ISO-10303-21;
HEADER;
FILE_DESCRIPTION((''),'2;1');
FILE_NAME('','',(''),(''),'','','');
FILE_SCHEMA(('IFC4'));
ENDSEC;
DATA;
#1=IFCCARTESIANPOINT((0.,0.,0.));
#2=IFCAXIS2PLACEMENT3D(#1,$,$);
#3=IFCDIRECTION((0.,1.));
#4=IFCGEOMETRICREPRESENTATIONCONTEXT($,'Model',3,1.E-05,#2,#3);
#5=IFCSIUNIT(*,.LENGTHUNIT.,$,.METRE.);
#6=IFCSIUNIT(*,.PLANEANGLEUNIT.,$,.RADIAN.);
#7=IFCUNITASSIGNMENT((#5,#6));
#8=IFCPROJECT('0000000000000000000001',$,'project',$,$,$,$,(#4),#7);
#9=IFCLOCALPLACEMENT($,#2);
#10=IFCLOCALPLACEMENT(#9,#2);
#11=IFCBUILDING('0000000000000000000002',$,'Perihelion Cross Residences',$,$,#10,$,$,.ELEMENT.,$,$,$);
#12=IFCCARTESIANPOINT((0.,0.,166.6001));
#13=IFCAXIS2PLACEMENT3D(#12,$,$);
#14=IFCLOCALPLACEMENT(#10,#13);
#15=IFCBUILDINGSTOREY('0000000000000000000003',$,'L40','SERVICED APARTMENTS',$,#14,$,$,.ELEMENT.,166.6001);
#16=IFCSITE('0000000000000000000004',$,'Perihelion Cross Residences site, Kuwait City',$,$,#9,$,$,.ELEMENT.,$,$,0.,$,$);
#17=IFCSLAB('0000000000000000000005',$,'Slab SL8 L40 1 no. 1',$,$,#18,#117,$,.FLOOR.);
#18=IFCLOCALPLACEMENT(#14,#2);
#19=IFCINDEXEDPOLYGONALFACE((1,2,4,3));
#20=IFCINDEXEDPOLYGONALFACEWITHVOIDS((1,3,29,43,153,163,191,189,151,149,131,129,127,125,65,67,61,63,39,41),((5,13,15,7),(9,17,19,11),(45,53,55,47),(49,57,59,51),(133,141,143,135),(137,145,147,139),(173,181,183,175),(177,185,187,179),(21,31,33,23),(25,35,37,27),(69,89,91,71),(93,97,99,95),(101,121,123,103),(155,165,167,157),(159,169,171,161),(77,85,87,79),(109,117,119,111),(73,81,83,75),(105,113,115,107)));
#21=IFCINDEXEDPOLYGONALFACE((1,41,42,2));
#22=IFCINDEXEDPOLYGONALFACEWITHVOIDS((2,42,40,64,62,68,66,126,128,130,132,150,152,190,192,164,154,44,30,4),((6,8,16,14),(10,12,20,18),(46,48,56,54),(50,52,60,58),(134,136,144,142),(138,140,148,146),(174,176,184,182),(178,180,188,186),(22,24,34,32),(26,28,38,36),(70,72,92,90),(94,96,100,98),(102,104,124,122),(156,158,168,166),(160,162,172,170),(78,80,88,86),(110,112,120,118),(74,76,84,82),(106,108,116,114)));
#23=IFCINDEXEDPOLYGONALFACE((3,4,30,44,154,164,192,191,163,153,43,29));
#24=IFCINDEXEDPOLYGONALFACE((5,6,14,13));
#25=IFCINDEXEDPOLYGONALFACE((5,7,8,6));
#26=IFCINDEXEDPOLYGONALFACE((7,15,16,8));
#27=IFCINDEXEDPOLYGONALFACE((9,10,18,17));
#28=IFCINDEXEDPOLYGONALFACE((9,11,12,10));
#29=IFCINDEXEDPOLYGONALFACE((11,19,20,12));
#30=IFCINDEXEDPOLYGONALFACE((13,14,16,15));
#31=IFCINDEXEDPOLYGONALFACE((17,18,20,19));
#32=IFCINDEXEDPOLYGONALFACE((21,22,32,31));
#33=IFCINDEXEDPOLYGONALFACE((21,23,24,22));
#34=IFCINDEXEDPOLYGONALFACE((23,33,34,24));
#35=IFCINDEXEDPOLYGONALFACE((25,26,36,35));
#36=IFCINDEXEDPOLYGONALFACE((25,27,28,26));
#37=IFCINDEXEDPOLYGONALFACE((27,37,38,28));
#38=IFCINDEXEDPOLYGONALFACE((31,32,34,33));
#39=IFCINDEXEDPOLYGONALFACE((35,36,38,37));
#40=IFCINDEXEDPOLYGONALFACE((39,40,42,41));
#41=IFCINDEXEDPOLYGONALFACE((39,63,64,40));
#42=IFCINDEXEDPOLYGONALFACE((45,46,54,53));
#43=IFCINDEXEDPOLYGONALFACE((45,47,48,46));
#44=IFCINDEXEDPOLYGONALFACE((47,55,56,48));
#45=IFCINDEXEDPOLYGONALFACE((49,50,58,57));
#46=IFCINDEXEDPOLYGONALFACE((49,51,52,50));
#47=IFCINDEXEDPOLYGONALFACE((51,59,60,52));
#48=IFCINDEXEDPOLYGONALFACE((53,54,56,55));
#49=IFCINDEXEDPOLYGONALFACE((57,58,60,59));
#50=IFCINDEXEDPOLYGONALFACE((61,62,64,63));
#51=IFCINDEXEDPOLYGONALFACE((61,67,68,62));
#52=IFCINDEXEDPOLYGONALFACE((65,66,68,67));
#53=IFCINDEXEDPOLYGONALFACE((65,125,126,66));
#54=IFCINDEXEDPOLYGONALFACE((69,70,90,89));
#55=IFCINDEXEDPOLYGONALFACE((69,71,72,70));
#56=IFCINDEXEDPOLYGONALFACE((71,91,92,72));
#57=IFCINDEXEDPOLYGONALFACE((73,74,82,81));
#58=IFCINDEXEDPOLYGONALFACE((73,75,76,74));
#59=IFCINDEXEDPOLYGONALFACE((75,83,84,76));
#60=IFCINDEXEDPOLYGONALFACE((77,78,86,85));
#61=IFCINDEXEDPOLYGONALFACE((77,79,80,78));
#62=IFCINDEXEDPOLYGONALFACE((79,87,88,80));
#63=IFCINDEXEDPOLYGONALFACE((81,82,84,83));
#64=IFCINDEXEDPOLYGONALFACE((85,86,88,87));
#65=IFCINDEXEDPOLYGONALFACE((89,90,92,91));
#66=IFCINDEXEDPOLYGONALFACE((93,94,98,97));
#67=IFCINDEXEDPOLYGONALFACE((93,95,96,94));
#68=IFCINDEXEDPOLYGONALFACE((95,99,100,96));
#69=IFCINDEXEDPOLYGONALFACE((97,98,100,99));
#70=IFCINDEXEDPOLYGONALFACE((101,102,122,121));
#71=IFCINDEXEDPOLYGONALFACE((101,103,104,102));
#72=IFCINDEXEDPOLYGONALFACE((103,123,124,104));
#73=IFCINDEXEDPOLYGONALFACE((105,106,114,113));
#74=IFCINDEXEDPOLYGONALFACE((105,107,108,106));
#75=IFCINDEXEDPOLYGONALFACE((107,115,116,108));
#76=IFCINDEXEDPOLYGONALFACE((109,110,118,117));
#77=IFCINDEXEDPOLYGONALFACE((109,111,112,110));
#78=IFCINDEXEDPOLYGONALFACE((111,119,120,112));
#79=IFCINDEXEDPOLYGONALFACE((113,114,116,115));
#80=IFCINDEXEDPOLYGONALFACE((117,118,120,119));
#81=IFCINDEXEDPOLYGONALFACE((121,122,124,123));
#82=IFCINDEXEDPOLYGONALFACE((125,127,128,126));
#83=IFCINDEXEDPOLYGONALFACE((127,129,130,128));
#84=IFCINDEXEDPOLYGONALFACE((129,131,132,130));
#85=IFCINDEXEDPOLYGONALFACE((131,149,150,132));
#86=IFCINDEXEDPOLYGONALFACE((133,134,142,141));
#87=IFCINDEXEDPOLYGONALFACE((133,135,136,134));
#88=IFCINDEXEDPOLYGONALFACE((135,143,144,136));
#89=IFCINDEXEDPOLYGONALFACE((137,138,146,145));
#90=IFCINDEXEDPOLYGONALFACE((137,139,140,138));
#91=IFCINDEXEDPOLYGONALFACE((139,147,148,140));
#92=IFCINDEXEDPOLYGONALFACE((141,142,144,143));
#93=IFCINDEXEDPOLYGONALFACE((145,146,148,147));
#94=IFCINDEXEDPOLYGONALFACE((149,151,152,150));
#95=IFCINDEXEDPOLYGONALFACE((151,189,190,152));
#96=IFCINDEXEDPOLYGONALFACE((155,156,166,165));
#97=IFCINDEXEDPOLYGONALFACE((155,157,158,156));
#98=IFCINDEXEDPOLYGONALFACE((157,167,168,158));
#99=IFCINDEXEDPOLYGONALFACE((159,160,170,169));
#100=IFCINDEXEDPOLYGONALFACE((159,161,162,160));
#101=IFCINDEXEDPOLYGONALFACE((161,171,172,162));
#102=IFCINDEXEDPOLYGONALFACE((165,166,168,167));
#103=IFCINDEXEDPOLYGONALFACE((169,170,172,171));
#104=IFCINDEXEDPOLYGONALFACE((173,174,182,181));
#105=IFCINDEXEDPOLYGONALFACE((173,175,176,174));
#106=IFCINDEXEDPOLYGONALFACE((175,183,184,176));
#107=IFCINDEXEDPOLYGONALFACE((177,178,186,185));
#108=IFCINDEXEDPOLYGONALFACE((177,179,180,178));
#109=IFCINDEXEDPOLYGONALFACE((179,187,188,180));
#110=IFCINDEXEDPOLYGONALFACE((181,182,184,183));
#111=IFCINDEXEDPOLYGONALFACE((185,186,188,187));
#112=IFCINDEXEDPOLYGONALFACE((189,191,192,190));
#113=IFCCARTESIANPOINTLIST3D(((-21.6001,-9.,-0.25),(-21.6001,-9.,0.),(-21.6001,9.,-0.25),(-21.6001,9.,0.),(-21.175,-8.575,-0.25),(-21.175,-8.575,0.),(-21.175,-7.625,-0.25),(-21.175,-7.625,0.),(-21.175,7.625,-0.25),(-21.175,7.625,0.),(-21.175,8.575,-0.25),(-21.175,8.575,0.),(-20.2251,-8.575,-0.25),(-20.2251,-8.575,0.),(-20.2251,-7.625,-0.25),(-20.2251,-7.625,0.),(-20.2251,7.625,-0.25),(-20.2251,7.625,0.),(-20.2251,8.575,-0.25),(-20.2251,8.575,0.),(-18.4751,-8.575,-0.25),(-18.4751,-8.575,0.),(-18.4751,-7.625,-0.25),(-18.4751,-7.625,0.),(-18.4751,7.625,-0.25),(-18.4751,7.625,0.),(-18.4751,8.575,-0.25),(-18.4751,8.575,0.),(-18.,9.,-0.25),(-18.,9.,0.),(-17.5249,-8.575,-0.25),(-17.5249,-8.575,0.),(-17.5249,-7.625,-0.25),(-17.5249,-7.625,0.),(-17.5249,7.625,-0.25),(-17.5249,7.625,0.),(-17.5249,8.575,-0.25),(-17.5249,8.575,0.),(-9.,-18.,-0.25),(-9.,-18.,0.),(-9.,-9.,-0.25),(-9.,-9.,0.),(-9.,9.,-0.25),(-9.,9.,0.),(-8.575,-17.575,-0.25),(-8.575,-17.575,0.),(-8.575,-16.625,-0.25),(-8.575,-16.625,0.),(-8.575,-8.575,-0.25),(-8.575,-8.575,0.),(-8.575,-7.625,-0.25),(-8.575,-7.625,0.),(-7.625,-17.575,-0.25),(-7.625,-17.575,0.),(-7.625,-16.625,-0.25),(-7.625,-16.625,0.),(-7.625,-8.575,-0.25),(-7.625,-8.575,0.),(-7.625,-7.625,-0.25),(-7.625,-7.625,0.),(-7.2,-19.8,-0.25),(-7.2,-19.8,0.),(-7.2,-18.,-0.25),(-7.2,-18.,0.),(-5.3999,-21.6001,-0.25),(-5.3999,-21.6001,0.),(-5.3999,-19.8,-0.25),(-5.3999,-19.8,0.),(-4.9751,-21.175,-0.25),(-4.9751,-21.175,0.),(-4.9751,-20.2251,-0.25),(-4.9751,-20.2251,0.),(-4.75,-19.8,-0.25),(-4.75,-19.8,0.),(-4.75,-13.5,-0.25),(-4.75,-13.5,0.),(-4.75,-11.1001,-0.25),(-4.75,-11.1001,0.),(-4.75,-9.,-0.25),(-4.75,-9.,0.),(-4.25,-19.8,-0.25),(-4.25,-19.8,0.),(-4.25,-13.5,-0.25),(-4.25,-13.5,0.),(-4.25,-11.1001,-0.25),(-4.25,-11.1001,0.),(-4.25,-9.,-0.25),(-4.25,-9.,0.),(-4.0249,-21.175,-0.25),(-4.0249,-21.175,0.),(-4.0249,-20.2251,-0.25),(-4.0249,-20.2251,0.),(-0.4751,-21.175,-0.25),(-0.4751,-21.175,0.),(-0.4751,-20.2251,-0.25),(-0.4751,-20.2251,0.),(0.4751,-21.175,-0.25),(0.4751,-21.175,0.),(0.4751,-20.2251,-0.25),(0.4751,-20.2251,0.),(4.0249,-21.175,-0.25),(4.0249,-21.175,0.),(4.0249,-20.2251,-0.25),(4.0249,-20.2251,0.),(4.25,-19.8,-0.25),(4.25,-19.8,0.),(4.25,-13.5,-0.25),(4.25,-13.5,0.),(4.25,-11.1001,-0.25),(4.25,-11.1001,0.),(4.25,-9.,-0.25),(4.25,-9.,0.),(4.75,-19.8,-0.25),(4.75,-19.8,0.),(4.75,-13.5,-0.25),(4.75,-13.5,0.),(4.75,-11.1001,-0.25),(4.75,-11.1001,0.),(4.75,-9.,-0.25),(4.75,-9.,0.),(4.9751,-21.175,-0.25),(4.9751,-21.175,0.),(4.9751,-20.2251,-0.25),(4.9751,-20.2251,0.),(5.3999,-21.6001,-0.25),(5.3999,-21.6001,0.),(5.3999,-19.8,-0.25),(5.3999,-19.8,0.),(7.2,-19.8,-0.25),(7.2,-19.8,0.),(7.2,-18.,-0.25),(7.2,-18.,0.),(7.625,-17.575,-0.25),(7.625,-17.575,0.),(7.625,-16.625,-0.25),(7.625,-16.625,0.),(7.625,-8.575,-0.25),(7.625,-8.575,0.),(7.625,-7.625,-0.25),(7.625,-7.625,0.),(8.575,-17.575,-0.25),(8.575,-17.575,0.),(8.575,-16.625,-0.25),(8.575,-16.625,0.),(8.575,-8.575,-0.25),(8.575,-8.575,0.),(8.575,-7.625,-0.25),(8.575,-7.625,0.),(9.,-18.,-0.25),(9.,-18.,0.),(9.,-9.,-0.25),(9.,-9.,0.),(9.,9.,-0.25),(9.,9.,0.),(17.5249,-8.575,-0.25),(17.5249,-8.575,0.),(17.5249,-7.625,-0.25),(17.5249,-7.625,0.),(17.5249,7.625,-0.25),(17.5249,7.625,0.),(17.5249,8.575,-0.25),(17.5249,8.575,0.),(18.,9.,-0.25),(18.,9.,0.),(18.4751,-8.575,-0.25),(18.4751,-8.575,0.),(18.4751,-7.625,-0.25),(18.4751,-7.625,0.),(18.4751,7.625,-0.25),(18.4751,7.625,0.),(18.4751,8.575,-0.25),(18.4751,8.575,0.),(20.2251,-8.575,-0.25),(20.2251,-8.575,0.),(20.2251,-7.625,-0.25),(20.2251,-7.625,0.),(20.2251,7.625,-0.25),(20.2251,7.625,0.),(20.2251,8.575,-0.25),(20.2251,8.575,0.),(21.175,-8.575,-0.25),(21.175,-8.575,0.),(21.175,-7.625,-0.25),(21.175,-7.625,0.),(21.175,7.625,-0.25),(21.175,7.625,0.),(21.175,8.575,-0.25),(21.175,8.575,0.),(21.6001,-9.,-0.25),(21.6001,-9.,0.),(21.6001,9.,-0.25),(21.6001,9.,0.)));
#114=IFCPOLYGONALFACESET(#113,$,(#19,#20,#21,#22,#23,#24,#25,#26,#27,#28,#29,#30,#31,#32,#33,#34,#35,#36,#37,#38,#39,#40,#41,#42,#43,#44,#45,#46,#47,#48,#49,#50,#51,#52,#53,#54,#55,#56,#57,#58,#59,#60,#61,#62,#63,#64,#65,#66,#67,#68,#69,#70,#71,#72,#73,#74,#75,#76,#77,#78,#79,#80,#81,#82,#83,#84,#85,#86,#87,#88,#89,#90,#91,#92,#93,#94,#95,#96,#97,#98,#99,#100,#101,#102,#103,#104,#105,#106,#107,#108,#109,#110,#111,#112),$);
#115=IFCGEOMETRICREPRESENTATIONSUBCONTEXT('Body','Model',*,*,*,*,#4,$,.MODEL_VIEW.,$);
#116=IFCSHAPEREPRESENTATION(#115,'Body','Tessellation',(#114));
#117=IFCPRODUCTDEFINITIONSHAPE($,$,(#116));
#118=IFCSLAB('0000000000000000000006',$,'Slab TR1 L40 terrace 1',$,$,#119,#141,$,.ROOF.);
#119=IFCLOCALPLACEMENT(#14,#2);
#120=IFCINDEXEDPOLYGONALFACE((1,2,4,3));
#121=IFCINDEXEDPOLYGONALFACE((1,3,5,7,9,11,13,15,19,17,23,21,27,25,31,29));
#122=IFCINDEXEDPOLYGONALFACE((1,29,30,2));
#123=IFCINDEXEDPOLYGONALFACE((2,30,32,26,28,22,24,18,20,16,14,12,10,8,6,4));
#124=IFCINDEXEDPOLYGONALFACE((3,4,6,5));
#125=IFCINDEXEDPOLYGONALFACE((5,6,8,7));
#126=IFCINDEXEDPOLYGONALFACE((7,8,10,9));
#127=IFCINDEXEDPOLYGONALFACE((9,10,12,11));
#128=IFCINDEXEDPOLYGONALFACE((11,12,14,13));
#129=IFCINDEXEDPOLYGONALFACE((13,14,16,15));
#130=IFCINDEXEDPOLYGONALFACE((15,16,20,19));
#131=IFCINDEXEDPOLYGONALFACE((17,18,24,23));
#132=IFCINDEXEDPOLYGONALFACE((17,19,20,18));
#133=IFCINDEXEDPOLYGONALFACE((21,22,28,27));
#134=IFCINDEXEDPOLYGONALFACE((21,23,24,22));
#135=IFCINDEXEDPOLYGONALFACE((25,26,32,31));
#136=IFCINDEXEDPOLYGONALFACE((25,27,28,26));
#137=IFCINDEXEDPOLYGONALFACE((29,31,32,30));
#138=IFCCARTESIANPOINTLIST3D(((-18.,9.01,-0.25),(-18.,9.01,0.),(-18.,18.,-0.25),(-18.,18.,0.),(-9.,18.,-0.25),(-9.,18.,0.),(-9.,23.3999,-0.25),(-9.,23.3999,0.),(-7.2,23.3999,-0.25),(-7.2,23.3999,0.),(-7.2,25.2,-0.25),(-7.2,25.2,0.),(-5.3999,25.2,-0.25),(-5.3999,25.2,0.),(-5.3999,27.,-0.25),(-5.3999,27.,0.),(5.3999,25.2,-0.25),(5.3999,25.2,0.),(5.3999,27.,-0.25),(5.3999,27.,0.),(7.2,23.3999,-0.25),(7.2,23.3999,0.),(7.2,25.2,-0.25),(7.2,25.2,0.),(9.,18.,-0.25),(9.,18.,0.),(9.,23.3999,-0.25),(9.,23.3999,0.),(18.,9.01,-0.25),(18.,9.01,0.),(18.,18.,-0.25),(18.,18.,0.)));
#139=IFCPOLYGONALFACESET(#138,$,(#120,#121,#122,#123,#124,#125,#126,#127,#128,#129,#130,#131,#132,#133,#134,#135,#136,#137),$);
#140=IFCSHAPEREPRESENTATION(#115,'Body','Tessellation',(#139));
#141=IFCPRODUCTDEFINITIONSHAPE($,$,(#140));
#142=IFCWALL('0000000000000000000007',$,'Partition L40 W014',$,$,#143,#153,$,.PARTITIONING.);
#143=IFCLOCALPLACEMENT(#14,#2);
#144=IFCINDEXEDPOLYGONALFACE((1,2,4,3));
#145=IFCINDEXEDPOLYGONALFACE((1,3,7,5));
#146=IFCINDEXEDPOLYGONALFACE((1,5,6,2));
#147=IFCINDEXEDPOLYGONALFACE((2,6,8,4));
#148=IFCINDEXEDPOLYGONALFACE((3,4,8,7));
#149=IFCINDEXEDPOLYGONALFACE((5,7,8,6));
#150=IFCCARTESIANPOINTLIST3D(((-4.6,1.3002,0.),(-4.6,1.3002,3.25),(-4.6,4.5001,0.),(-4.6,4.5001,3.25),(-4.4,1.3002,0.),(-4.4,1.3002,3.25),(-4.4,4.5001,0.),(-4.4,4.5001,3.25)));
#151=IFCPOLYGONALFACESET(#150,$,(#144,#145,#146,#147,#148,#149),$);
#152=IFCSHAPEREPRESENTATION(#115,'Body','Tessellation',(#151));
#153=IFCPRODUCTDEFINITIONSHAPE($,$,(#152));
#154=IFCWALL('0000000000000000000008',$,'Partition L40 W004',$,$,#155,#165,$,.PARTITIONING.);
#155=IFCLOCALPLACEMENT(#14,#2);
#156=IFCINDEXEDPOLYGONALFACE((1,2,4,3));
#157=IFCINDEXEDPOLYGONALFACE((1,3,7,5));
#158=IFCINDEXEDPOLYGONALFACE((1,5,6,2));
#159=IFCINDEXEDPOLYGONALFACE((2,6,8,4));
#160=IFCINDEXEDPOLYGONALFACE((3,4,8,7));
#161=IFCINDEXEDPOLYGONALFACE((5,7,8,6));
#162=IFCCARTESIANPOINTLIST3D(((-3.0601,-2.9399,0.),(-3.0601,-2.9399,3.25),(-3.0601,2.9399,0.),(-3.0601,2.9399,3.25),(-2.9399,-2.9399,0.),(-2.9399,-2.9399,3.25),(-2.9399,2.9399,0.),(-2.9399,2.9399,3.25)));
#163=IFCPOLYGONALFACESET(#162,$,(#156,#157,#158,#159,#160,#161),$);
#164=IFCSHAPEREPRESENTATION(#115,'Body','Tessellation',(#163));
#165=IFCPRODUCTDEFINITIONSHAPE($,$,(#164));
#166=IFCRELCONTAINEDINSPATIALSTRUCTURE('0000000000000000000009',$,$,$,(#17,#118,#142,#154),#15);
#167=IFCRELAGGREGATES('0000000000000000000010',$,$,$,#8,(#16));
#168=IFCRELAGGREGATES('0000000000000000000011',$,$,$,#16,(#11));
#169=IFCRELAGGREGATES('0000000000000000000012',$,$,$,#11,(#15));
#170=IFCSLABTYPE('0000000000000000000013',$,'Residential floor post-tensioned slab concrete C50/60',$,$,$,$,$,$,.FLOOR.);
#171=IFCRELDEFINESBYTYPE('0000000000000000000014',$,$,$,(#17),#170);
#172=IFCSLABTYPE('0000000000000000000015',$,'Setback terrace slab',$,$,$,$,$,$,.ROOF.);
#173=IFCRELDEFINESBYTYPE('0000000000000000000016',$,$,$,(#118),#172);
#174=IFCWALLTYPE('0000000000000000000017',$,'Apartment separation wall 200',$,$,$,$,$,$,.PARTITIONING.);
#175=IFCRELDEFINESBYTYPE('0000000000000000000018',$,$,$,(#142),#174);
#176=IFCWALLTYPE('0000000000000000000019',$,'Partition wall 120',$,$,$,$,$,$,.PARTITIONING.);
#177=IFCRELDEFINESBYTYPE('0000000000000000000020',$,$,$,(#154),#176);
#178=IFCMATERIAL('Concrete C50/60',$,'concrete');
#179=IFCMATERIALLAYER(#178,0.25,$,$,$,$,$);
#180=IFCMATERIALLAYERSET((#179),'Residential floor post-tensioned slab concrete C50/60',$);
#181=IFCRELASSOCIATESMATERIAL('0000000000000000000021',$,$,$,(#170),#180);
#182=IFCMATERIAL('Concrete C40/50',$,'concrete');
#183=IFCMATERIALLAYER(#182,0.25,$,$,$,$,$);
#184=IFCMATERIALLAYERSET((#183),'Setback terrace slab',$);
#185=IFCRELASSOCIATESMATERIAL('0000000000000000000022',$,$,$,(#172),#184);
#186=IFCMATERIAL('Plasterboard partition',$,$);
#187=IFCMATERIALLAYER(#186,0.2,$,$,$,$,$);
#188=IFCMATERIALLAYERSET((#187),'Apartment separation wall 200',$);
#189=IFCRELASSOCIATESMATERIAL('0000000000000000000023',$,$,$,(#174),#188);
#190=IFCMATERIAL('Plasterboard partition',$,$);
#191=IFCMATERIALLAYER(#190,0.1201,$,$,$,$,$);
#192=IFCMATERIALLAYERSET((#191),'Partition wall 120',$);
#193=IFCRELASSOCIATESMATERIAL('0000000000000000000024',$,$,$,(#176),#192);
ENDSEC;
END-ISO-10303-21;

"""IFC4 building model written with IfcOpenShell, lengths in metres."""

from ifc_helpers import new_model, si_unit, direction, frame, frame_2d, origin, place, context, subcontext, project, spatial, polyline, rectangle, outline, extrude, material, layer, layer_set, type_object, element, save


model = new_model("IFC4")

# Units and contexts
model_context = context("Model", 3, precision=1e-05, world=origin(), true_north=direction((0.0, 1.0)))
body_context = subcontext(model_context, "Body", "Model", "MODEL_VIEW")
ifc_project = project(units=[si_unit("LENGTHUNIT", "METRE"), si_unit("PLANEANGLEUNIT", "RADIAN")], contexts=[model_context])

# Site, building, storey
site_placement = place(None, origin())
site = spatial("IfcSite", under=ifc_project, at=site_placement, Name="Perihelion Cross Residences site, Kuwait City", CompositionType="ELEMENT", RefElevation=0.0)
building_placement = place(site_placement, origin())
building = spatial("IfcBuilding", under=site, at=building_placement, Name="Perihelion Cross Residences", CompositionType="ELEMENT")
storey_placement = place(building_placement, frame((0.0, 0.0, 166.6001)))
storey = spatial("IfcBuildingStorey", under=building, at=storey_placement, Name="L40", Description="SERVICED APARTMENTS", CompositionType="ELEMENT", Elevation=166.6001)

# Slabs
ifc_material_1 = material(Name="Concrete C50/60", Category="concrete")
ifc_layer_1 = layer(ifc_material_1, 0.25)
ifc_layer_set_1 = layer_set([ifc_layer_1], Name="Residential floor post-tensioned slab concrete C50/60")
slab_type_1 = type_object("IfcSlabType", Name="Residential floor post-tensioned slab concrete C50/60", PredefinedType="FLOOR", material=ifc_layer_set_1)
slab_1_placement = place(storey_placement, frame((0.0, 0.0, -0.25)))
element("IfcSlab", 1, at=slab_1_placement, inside=storey, type_object=slab_type_1, Name="Slab SL8 L40 1 no. 1", PredefinedType="FLOOR", context=body_context, shape_type="SweptSolid", body=[
    extrude(outline(polyline([(21.6001, 9.0), (21.6001, -9.0), (9.0, -9.0), (9.0, -18.0), (7.2, -18.0), (7.2, -19.8), (5.3999, -19.8), (5.3999, -21.6001), (-5.3999, -21.6001), (-5.3999, -19.8), (-7.2, -19.8), (-7.2, -18.0), (-9.0, -18.0), (-9.0, -9.0), (-21.6001, -9.0), (-21.6001, 9.0), (-18.0, 9.0), (-9.0, 9.0), (9.0, 9.0), (18.0, 9.0), (21.6001, 9.0)]), holes=[polyline([(-4.0249, -20.2251), (-4.9751, -20.2251), (-4.9751, -21.175), (-4.0249, -21.175), (-4.0249, -20.2251)]), polyline([(-7.625, -16.625), (-8.575, -16.625), (-8.575, -17.575), (-7.625, -17.575), (-7.625, -16.625)]), polyline([(-4.25, -13.5), (-4.75, -13.5), (-4.75, -19.8), (-4.25, -19.8), (-4.25, -13.5)]), polyline([(-4.25, -11.1001), (-4.25, -9.0), (-4.75, -9.0), (-4.75, -11.1001), (-4.25, -11.1001)]), polyline([(-20.2251, -8.575), (-20.2251, -7.625), (-21.175, -7.625), (-21.175, -8.575), (-20.2251, -8.575)]), polyline([(-17.5249, -7.625), (-18.4751, -7.625), (-18.4751, -8.575), (-17.5249, -8.575), (-17.5249, -7.625)]), polyline([(-7.625, -8.575), (-7.625, -7.625), (-8.575, -7.625), (-8.575, -8.575), (-7.625, -8.575)]), polyline([(-20.2251, 8.575), (-21.175, 8.575), (-21.175, 7.625), (-20.2251, 7.625), (-20.2251, 8.575)]), polyline([(-17.5249, 7.625), (-17.5249, 8.575), (-18.4751, 8.575), (-18.4751, 7.625), (-17.5249, 7.625)]), polyline([(0.4751, -20.2251), (-0.4751, -20.2251), (-0.4751, -21.175), (0.4751, -21.175), (0.4751, -20.2251)]), polyline([(4.9751, -20.2251), (4.0249, -20.2251), (4.0249, -21.175), (4.9751, -21.175), (4.9751, -20.2251)]), polyline([(8.575, -16.625), (7.625, -16.625), (7.625, -17.575), (8.575, -17.575), (8.575, -16.625)]), polyline([(4.75, -19.8), (4.75, -13.5), (4.25, -13.5), (4.25, -19.8), (4.75, -19.8)]), polyline([(4.75, -11.1001), (4.75, -9.0), (4.25, -9.0), (4.25, -11.1001), (4.75, -11.1001)]), polyline([(8.575, -7.625), (7.625, -7.625), (7.625, -8.575), (8.575, -8.575), (8.575, -7.625)]), polyline([(18.4751, -8.575), (18.4751, -7.625), (17.5249, -7.625), (17.5249, -8.575), (18.4751, -8.575)]), polyline([(21.175, -8.575), (21.175, -7.625), (20.2251, -7.625), (20.2251, -8.575), (21.175, -8.575)]), polyline([(18.4751, 7.625), (18.4751, 8.575), (17.5249, 8.575), (17.5249, 7.625), (18.4751, 7.625)]), polyline([(21.175, 7.625), (21.175, 8.575), (20.2251, 8.575), (20.2251, 7.625), (21.175, 7.625)])]), origin(), (0.0, 0.0, 1.0), 0.25),
])
ifc_material_2 = material(Name="Concrete C40/50", Category="concrete")
ifc_layer_2 = layer(ifc_material_2, 0.25)
ifc_layer_set_2 = layer_set([ifc_layer_2], Name="Setback terrace slab")
slab_type_2 = type_object("IfcSlabType", Name="Setback terrace slab", PredefinedType="ROOF", material=ifc_layer_set_2)
slab_2_placement = place(storey_placement, frame((0.0, 0.0, -0.25)))
element("IfcSlab", 2, at=slab_2_placement, inside=storey, type_object=slab_type_2, Name="Slab TR1 L40 terrace 1", PredefinedType="ROOF", context=body_context, shape_type="SweptSolid", body=[
    extrude(outline(polyline([(5.3999, 27.0), (-5.3999, 27.0), (-5.3999, 25.2), (-7.2, 25.2), (-7.2, 23.3999), (-9.0, 23.3999), (-9.0, 18.0), (-18.0, 18.0), (-18.0, 9.01), (18.0, 9.01), (18.0, 18.0), (9.0, 18.0), (9.0, 23.3999), (7.2, 23.3999), (7.2, 25.2), (5.3999, 25.2), (5.3999, 27.0)])), origin(), (0.0, 0.0, 1.0), 0.25),
])

# Walls
ifc_material_3 = material(Name="Plasterboard partition")
ifc_layer_3 = layer(ifc_material_3, 0.2)
ifc_layer_set_3 = layer_set([ifc_layer_3], Name="Apartment separation wall 200")
wall_type_1 = type_object("IfcWallType", Name="Apartment separation wall 200", PredefinedType="PARTITIONING", material=ifc_layer_set_3)
wall_1_placement = place(storey_placement, frame((-4.5, 1.3, 0.0), z_axis=(0.0, 0.0, 1.0), x_axis=(0.0, 1.0, 0.0)))
element("IfcWall", 3, at=wall_1_placement, inside=storey, type_object=wall_type_1, Name="Partition L40 W014", PredefinedType="PARTITIONING", context=body_context, shape_type="SweptSolid", body=[
    extrude(rectangle(XDim=3.2, YDim=0.2, at=frame_2d((1.6001, 0.0))), origin(), (0.0, 0.0, 1.0), 3.25),
])
ifc_material_4 = material(Name="Plasterboard partition")
ifc_layer_4 = layer(ifc_material_4, 0.1201)
ifc_layer_set_4 = layer_set([ifc_layer_4], Name="Partition wall 120")
wall_type_2 = type_object("IfcWallType", Name="Partition wall 120", PredefinedType="PARTITIONING", material=ifc_layer_set_4)
wall_2_placement = place(storey_placement, frame((-3.0, 2.9399, 0.0), z_axis=(0.0, 0.0, 1.0), x_axis=(0.0, -1.0, 0.0)))
element("IfcWall", 4, at=wall_2_placement, inside=storey, type_object=wall_type_2, Name="Partition L40 W004", PredefinedType="PARTITIONING", context=body_context, shape_type="SweptSolid", body=[
    extrude(rectangle(XDim=5.8799, YDim=0.1201, at=frame_2d((2.9399, 0.0))), origin(), (0.0, 0.0, 1.0), 3.25),
])

save(model, "model.ifc")
